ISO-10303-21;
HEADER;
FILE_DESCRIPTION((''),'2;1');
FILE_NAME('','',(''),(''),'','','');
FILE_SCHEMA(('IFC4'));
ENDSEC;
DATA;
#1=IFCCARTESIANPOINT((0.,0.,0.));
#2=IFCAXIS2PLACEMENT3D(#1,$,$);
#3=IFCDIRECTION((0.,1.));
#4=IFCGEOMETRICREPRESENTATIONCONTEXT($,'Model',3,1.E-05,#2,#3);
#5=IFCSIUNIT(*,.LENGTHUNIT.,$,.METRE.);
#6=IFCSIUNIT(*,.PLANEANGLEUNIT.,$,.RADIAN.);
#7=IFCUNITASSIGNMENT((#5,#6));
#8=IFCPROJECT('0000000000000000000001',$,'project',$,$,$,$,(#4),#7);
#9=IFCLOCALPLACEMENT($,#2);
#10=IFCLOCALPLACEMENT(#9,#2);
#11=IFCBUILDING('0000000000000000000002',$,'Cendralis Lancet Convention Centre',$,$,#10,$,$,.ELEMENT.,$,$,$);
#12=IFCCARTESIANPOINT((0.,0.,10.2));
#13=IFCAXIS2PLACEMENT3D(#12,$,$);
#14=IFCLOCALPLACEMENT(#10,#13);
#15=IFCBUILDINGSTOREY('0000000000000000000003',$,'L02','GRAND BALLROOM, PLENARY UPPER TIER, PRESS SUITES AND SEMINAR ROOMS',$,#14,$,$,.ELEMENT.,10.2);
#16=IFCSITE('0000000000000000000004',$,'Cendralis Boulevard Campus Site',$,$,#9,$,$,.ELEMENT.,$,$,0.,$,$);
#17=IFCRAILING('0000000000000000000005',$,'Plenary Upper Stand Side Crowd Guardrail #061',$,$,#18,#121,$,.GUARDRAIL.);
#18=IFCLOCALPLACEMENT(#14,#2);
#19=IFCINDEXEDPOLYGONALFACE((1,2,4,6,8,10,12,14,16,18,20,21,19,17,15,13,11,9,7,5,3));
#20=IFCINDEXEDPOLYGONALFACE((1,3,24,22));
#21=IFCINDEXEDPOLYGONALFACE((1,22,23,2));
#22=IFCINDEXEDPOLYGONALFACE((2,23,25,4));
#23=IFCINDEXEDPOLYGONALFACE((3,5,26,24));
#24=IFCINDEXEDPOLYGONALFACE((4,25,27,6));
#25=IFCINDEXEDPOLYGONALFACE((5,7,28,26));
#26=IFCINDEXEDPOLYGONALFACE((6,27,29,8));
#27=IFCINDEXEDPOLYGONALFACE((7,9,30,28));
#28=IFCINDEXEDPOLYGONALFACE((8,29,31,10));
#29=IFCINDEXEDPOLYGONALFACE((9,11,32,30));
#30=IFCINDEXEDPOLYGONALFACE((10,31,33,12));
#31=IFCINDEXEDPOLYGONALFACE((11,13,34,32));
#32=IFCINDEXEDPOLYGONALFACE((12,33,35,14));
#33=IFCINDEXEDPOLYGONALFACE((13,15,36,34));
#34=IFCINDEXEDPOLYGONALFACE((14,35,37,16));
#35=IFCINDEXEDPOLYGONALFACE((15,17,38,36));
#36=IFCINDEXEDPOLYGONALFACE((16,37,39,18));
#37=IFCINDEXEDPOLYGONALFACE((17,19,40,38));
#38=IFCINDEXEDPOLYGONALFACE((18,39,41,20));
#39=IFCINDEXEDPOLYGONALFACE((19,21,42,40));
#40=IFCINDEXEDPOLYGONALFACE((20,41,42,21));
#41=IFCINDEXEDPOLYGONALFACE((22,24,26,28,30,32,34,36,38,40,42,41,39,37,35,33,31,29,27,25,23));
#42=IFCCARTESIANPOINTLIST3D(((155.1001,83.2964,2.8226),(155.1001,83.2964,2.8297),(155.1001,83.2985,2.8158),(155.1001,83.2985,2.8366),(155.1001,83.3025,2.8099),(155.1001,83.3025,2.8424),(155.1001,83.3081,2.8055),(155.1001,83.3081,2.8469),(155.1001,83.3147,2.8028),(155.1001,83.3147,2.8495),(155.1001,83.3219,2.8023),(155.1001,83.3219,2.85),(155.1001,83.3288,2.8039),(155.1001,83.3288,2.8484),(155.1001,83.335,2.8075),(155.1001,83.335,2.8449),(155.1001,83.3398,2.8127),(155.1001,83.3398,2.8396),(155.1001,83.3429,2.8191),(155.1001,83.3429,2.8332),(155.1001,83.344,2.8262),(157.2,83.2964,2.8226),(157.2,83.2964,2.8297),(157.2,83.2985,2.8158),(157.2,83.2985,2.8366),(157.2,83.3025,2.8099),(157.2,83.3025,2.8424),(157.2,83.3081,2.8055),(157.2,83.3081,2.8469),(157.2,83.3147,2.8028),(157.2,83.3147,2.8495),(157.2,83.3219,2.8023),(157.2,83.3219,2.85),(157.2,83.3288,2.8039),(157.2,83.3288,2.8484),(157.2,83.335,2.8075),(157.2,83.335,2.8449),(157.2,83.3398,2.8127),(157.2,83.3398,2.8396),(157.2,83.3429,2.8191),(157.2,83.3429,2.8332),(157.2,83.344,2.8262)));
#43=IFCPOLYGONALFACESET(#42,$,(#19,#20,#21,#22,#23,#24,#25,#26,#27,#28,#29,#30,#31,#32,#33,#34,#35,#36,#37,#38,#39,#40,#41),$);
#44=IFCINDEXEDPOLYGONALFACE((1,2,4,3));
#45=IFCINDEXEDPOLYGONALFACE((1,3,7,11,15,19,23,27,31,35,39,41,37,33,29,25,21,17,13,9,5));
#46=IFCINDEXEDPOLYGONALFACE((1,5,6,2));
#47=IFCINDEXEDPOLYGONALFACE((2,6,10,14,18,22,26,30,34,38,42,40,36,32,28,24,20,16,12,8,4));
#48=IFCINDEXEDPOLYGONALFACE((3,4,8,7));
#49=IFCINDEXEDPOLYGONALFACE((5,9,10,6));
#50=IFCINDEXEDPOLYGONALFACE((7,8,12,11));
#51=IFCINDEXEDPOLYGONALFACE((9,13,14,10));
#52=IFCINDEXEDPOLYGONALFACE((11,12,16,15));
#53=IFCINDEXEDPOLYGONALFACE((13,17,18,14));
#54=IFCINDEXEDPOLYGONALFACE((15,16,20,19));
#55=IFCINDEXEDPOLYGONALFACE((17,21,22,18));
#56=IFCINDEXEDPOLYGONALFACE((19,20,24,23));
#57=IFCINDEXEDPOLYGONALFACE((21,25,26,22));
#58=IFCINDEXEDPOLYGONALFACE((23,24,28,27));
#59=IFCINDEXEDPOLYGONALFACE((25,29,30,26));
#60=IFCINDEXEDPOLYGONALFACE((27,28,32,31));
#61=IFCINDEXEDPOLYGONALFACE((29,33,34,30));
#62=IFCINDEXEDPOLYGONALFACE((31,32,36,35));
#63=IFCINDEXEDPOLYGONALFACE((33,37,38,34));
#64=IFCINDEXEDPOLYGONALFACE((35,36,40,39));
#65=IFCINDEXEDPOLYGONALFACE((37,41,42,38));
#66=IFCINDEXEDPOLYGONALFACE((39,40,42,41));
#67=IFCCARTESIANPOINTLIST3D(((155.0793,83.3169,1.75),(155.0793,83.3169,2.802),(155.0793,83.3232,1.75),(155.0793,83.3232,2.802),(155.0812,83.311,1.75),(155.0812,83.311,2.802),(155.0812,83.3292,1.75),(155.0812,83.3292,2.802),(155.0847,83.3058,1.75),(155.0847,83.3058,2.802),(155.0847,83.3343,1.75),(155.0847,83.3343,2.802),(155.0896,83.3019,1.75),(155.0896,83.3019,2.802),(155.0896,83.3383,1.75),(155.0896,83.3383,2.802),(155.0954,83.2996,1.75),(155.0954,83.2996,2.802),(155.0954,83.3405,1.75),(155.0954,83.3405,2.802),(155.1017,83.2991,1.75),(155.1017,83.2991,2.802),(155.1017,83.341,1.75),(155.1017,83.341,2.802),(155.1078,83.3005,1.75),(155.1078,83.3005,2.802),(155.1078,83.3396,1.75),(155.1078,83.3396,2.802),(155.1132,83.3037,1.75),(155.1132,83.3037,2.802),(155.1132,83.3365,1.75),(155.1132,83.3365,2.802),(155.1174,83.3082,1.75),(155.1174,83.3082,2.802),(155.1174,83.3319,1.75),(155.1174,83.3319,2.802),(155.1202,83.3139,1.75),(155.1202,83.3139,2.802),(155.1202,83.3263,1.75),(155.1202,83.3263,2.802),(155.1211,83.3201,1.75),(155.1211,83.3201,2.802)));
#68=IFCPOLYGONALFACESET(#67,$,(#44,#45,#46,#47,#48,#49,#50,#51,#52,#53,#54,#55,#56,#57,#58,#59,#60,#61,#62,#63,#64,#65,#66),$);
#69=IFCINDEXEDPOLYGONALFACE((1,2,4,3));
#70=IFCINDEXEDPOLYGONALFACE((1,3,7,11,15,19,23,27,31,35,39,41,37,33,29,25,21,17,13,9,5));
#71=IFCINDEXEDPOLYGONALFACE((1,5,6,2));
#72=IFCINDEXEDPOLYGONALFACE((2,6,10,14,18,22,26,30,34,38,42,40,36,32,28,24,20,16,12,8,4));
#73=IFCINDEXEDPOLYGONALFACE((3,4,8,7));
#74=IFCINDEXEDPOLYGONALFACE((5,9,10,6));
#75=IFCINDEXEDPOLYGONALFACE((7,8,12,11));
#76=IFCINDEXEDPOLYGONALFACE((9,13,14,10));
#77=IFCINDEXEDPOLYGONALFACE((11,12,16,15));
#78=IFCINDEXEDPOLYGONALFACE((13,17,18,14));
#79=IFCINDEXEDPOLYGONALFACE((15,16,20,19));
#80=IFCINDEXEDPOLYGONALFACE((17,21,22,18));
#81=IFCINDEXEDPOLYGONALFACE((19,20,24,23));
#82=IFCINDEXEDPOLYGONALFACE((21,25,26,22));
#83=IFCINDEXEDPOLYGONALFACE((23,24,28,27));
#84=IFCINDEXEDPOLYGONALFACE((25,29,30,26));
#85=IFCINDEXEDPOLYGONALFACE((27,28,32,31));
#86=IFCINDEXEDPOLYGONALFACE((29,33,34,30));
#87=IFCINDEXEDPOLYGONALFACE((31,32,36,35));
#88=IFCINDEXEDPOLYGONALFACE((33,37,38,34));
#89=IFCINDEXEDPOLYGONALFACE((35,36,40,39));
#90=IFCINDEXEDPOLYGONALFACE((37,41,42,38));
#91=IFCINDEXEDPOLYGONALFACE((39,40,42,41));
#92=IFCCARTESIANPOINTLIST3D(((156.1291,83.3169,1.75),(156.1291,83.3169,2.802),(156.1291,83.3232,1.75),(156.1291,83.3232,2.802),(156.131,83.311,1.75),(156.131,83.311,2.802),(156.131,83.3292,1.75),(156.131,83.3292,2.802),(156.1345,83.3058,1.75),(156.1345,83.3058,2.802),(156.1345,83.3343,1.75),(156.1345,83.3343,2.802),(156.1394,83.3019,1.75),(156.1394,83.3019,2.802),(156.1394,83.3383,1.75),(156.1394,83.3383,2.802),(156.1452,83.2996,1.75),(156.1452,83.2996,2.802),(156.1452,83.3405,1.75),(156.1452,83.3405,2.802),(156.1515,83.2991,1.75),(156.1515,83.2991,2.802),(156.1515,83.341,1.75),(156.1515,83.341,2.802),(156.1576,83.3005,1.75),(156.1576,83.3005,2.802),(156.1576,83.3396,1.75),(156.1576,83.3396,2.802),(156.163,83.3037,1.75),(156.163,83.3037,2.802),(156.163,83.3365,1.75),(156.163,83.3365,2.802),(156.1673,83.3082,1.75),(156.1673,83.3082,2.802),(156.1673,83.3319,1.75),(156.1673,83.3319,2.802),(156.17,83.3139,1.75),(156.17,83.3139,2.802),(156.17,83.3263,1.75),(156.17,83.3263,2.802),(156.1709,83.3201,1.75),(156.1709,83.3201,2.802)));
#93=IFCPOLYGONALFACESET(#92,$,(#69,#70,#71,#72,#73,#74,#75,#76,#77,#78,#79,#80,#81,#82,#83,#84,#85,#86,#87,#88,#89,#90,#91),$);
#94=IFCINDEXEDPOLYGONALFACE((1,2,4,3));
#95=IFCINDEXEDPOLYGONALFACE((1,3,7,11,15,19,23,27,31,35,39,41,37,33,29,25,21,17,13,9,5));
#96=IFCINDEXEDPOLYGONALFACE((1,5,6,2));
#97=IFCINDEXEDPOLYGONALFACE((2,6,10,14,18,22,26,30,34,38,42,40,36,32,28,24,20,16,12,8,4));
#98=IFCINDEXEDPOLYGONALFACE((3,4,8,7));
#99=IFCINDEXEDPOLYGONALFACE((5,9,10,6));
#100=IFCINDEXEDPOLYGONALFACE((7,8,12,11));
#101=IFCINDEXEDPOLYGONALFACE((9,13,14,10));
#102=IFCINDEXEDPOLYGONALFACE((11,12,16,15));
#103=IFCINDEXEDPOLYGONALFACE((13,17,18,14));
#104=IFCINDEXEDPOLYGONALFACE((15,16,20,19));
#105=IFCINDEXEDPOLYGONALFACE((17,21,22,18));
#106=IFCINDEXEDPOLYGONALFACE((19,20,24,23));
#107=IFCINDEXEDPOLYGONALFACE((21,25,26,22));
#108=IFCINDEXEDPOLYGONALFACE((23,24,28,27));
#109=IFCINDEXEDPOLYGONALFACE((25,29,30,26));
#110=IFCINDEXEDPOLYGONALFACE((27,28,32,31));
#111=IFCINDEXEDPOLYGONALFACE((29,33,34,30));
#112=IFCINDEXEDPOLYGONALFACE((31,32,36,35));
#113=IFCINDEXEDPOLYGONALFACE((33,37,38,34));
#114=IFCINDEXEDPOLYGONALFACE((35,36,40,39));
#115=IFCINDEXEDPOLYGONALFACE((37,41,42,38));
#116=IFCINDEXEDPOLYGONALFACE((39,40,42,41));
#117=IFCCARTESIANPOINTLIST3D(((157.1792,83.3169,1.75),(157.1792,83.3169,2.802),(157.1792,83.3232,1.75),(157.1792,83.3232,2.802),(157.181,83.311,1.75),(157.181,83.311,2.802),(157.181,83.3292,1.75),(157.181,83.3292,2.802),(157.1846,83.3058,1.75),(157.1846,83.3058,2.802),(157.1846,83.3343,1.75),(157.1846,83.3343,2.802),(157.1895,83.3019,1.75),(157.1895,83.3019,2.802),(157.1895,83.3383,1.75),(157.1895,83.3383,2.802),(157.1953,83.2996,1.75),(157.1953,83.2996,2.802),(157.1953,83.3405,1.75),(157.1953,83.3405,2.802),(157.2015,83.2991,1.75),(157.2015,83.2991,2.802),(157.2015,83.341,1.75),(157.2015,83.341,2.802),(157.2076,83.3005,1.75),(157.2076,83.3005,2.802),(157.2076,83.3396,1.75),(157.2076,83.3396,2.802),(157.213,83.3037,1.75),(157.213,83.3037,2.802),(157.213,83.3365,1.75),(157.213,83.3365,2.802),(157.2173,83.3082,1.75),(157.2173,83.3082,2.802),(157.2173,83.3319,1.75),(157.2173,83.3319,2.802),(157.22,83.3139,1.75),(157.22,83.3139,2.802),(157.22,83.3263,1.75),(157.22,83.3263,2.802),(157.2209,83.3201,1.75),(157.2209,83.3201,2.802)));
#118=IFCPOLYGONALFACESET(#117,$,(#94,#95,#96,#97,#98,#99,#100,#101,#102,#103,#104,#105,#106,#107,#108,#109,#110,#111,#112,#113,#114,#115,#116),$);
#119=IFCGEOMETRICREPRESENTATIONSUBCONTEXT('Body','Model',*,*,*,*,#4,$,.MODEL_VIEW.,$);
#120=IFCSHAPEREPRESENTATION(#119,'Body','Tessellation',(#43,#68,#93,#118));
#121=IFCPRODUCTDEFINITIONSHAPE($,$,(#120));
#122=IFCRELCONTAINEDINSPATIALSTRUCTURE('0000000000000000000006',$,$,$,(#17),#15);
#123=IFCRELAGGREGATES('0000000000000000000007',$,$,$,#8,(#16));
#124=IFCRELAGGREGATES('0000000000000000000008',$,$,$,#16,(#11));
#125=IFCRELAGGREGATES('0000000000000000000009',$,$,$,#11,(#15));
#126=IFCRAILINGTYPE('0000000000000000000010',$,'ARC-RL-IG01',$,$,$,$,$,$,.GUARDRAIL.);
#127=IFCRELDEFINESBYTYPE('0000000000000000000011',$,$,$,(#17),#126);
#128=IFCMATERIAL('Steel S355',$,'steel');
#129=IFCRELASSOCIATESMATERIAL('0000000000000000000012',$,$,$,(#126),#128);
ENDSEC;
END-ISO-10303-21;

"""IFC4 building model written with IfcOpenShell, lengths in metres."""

from ifc_helpers import new_model, si_unit, direction, frame, origin, origin_2d, place, context, subcontext, project, spatial, circle, extrude, material, type_object, element, save


model = new_model("IFC4")

# Units and contexts
model_context = context("Model", 3, precision=1e-05, world=origin(), true_north=direction((0.0, 1.0)))
body_context = subcontext(model_context, "Body", "Model", "MODEL_VIEW")
ifc_project = project(units=[si_unit("LENGTHUNIT", "METRE"), si_unit("PLANEANGLEUNIT", "RADIAN")], contexts=[model_context])

# Site, building, storey
site_placement = place(None, origin())
site = spatial("IfcSite", under=ifc_project, at=site_placement, Name="Cendralis Boulevard Campus Site", CompositionType="ELEMENT", RefElevation=0.0)
building_placement = place(site_placement, origin())
building = spatial("IfcBuilding", under=site, at=building_placement, Name="Cendralis Lancet Convention Centre", CompositionType="ELEMENT")
storey_placement = place(building_placement, frame((0.0, 0.0, 10.2)))
storey = spatial("IfcBuildingStorey", under=building, at=storey_placement, Name="L02", Description="GRAND BALLROOM, PLENARY UPPER TIER, PRESS SUITES AND SEMINAR ROOMS", CompositionType="ELEMENT", Elevation=10.2)

# Shared definitions
ifc_material_1 = material(Name="Steel S355", Category="steel")

# Railing
railing_type_1 = type_object("IfcRailingType", Name="ARC-RL-IG01", PredefinedType="GUARDRAIL", material=ifc_material_1)
railing_1_placement = place(storey_placement, frame((155.1001, 83.3201, 1.75)))
element("IfcRailing", 1, at=railing_1_placement, inside=storey, type_object=railing_type_1, Name="Plenary Upper Stand Side Crowd Guardrail #061", PredefinedType="GUARDRAIL", context=body_context, shape_type="SweptSolid", body=[
    extrude(circle(Radius=0.0239, at=origin_2d()), frame((0.0, 0.0, 1.0762), z_axis=(1.0, 0.0, 0.0), x_axis=(0.0, 1.0, 0.0)), (0.0, 0.0, 1.0), 2.0999),
    extrude(circle(Radius=0.021, at=origin_2d()), origin(), (0.0, 0.0, 1.0), 1.052),
    extrude(circle(Radius=0.021, at=origin_2d()), frame((1.0498, 0.0, 0.0)), (0.0, 0.0, 1.0), 1.052),
    extrude(circle(Radius=0.021, at=origin_2d()), frame((2.0999, 0.0, 0.0)), (0.0, 0.0, 1.0), 1.052),
])

save(model, "model.ifc")
